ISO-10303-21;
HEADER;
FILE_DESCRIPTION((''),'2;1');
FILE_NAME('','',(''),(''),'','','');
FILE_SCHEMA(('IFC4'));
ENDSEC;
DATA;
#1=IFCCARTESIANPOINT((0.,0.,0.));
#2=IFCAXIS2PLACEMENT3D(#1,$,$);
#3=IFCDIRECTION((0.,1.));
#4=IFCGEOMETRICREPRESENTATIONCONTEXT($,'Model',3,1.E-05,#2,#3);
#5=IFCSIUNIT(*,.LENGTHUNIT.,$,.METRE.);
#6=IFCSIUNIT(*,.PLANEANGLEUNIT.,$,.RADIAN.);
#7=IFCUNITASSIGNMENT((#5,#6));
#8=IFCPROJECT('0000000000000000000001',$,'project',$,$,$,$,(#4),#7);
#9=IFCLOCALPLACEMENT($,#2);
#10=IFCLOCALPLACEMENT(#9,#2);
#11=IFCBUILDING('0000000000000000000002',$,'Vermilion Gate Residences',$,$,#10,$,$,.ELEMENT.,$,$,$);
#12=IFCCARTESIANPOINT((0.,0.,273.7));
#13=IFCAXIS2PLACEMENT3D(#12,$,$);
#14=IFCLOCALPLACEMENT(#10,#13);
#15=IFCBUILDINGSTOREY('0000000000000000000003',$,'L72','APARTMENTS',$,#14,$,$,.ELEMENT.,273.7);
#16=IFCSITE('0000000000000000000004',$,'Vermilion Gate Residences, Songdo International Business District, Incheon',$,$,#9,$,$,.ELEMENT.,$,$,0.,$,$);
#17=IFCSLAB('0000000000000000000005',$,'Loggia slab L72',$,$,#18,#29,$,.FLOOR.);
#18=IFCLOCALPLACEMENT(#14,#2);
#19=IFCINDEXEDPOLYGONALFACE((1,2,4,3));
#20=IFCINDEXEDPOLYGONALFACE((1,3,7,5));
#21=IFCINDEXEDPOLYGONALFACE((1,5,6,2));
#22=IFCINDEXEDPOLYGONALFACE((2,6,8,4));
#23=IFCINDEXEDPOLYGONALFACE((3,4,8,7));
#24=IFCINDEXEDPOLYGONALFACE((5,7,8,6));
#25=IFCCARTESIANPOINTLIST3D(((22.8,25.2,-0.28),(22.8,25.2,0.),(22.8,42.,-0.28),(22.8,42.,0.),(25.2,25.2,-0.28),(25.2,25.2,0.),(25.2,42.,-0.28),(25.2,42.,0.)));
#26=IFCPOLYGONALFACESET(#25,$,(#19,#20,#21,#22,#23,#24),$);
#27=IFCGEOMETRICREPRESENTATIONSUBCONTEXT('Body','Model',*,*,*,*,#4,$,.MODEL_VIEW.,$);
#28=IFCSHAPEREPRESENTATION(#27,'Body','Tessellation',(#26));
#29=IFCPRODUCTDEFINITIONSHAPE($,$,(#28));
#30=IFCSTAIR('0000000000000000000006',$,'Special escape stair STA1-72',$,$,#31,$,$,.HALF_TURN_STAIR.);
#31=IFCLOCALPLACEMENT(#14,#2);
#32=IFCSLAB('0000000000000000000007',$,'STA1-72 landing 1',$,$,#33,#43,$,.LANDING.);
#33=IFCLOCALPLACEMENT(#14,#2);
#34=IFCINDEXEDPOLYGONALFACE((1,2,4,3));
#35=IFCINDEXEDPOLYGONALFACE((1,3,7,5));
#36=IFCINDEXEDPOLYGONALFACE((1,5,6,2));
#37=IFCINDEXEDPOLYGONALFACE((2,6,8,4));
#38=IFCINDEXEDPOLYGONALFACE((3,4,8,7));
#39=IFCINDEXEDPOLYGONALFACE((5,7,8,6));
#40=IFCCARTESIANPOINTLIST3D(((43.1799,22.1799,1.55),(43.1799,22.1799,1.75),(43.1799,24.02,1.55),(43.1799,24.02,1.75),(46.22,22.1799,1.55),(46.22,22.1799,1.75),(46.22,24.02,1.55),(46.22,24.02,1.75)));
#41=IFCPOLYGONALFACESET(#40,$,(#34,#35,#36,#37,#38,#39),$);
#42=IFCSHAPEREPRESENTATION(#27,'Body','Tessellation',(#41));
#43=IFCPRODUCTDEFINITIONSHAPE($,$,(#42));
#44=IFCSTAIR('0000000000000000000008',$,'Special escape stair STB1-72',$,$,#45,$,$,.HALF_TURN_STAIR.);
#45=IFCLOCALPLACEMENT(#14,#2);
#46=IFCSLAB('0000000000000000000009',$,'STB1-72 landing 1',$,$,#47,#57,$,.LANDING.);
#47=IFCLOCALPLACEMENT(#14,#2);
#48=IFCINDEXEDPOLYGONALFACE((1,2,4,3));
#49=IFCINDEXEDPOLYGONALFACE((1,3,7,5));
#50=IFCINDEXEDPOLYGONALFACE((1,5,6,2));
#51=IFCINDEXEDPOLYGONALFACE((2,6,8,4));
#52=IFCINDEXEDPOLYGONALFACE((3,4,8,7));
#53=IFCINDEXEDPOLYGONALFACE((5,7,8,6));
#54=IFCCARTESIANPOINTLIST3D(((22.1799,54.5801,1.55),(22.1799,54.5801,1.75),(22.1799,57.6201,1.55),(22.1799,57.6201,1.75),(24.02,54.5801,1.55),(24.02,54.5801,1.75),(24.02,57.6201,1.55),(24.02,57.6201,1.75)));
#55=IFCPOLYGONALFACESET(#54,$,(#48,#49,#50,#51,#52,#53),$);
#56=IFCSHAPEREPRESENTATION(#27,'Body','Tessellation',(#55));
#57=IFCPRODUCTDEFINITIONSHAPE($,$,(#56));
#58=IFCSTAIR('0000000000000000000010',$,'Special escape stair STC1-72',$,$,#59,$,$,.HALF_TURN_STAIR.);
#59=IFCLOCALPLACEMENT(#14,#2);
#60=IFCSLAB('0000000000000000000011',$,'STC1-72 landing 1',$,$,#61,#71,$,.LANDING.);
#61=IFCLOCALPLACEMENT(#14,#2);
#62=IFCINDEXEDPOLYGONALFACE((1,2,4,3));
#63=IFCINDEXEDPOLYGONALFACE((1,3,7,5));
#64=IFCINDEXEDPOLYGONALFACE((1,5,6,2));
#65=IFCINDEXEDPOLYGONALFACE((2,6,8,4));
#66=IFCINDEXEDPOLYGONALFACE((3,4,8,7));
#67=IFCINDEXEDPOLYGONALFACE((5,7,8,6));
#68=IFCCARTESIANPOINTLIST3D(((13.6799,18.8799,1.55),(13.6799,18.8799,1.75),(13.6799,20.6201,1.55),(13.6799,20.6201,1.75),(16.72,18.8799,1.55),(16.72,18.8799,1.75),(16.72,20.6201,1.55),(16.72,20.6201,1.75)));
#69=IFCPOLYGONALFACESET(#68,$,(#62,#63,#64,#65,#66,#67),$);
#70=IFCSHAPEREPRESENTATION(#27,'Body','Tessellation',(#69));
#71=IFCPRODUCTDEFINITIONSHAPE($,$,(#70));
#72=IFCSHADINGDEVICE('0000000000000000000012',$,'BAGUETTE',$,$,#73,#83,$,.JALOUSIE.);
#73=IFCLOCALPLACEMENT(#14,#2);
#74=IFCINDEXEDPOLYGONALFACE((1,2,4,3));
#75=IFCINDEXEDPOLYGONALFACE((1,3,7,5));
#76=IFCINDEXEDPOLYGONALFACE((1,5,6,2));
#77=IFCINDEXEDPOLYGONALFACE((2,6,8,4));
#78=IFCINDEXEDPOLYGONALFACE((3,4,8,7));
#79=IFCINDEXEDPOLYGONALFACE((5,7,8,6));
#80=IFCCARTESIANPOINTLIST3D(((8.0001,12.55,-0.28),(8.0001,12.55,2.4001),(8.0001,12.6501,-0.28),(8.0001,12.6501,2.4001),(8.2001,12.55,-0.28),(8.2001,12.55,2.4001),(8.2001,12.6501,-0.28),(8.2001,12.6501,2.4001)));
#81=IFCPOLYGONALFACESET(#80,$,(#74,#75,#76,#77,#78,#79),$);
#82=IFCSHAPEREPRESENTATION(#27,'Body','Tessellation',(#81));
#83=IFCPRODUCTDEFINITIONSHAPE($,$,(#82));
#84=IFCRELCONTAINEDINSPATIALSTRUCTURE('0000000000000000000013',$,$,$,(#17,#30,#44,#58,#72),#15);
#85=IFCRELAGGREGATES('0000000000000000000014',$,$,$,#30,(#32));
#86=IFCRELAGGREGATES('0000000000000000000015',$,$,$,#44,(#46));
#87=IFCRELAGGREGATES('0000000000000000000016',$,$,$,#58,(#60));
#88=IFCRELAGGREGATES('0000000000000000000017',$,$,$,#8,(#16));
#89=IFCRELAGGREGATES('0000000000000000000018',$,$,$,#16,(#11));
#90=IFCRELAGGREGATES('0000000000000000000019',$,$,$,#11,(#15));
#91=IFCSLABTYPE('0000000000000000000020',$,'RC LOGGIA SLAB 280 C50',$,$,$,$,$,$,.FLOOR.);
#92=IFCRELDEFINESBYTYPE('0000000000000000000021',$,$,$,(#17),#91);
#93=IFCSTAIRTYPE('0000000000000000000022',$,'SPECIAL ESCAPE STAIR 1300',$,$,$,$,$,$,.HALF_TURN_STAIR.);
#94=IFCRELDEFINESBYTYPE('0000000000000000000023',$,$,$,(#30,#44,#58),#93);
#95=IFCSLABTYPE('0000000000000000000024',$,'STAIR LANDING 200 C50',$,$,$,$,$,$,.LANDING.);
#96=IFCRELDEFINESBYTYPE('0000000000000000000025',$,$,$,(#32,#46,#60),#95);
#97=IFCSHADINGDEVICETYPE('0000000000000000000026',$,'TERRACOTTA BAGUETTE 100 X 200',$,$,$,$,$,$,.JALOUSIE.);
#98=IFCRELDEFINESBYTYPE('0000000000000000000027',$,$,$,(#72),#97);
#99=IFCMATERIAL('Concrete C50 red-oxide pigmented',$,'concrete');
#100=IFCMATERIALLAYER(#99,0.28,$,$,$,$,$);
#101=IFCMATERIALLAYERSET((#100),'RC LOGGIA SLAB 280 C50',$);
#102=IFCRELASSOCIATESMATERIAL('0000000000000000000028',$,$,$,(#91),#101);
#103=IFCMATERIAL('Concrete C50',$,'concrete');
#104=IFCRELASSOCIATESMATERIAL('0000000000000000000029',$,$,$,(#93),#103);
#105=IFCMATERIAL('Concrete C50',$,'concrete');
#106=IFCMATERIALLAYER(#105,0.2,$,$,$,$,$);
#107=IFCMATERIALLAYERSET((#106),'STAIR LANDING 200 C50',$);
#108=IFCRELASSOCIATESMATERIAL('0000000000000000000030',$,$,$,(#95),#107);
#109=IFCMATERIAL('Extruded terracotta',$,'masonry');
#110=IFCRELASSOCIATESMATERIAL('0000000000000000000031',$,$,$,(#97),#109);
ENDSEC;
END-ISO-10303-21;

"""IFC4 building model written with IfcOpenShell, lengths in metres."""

from ifc_helpers import new_model, si_unit, direction, frame, origin, origin_2d, place, context, subcontext, project, spatial, polyline, rectangle, outline, extrude, material, layer, layer_set, material_profile, profile_set, type_object, element, aggregate, save


model = new_model("IFC4")

# Units and contexts
model_context = context("Model", 3, precision=1e-05, world=origin(), true_north=direction((0.0, 1.0)))
body_context = subcontext(model_context, "Body", "Model", "MODEL_VIEW")
ifc_project = project(units=[si_unit("LENGTHUNIT", "METRE"), si_unit("PLANEANGLEUNIT", "RADIAN")], contexts=[model_context])

# Site, building, storey
site_placement = place(None, origin())
site = spatial("IfcSite", under=ifc_project, at=site_placement, Name="Vermilion Gate Residences, Songdo International Business District, Incheon", CompositionType="ELEMENT", RefElevation=0.0)
building_placement = place(site_placement, origin())
building = spatial("IfcBuilding", under=site, at=building_placement, Name="Vermilion Gate Residences", CompositionType="ELEMENT")
storey_placement = place(building_placement, frame((0.0, 0.0, 273.7)))
storey = spatial("IfcBuildingStorey", under=building, at=storey_placement, Name="L72", Description="APARTMENTS", CompositionType="ELEMENT", Elevation=273.7)

# Slab
ifc_material_1 = material(Name="Concrete C50 red-oxide pigmented", Category="concrete")
ifc_layer_1 = layer(ifc_material_1, 0.28)
ifc_layer_set_1 = layer_set([ifc_layer_1], Name="RC LOGGIA SLAB 280 C50")
slab_type_1 = type_object("IfcSlabType", Name="RC LOGGIA SLAB 280 C50", PredefinedType="FLOOR", material=ifc_layer_set_1)
slab_1_placement = place(storey_placement, frame((0.0, 0.0, -0.28)))
element("IfcSlab", 1, at=slab_1_placement, inside=storey, type_object=slab_type_1, Name="Loggia slab L72", PredefinedType="FLOOR", context=body_context, shape_type="SweptSolid", body=[
    extrude(outline(polyline([(25.2, 42.0), (22.8, 42.0), (22.8, 25.2), (25.2, 25.2), (25.2, 42.0)])), origin(), (0.0, 0.0, 1.0), 0.28),
])

# Stairs, slabs
ifc_material_2 = material(Name="Concrete C50", Category="concrete")
stair_type = type_object("IfcStairType", Name="SPECIAL ESCAPE STAIR 1300", PredefinedType="HALF_TURN_STAIR", material=ifc_material_2)
stair_1_placement = place(storey_placement, origin())
stair_1 = element("IfcStair", 2, at=stair_1_placement, inside=storey, type_object=stair_type, Name="Special escape stair STA1-72", PredefinedType="HALF_TURN_STAIR")
ifc_material_3 = material(Name="Concrete C50", Category="concrete")
ifc_layer_2 = layer(ifc_material_3, 0.2)
ifc_layer_set_2 = layer_set([ifc_layer_2], Name="STAIR LANDING 200 C50")
slab_type_2 = type_object("IfcSlabType", Name="STAIR LANDING 200 C50", PredefinedType="LANDING", material=ifc_layer_set_2)
slab_2_placement = place(storey_placement, frame((0.0, 0.0, 1.55)))
slab_2 = element("IfcSlab", 3, at=slab_2_placement, type_object=slab_type_2, Name="STA1-72 landing 1", PredefinedType="LANDING", context=body_context, shape_type="SweptSolid", body=[
    extrude(outline(polyline([(46.22, 22.1799), (46.22, 24.02), (43.1799, 24.02), (43.1799, 22.1799), (46.22, 22.1799)])), origin(), (0.0, 0.0, 1.0), 0.2),
])
aggregate(stair_1, [slab_2])
stair_2_placement = place(storey_placement, origin())
stair_2 = element("IfcStair", 4, at=stair_2_placement, inside=storey, type_object=stair_type, Name="Special escape stair STB1-72", PredefinedType="HALF_TURN_STAIR")
slab_3_placement = place(storey_placement, frame((0.0, 0.0, 1.55)))
slab_3 = element("IfcSlab", 5, at=slab_3_placement, type_object=slab_type_2, Name="STB1-72 landing 1", PredefinedType="LANDING", context=body_context, shape_type="SweptSolid", body=[
    extrude(outline(polyline([(24.02, 54.5801), (24.02, 57.6201), (22.1799, 57.6201), (22.1799, 54.5801), (24.02, 54.5801)])), origin(), (0.0, 0.0, 1.0), 0.2),
])
aggregate(stair_2, [slab_3])
stair_3_placement = place(storey_placement, origin())
stair_3 = element("IfcStair", 6, at=stair_3_placement, inside=storey, type_object=stair_type, Name="Special escape stair STC1-72", PredefinedType="HALF_TURN_STAIR")
slab_4_placement = place(storey_placement, frame((0.0, 0.0, 1.55)))
slab_4 = element("IfcSlab", 7, at=slab_4_placement, type_object=slab_type_2, Name="STC1-72 landing 1", PredefinedType="LANDING", context=body_context, shape_type="SweptSolid", body=[
    extrude(outline(polyline([(16.72, 18.8799), (16.72, 20.6201), (13.6799, 20.6201), (13.6799, 18.8799), (16.72, 18.8799)])), origin(), (0.0, 0.0, 1.0), 0.2),
])
aggregate(stair_3, [slab_4])

# Shading device
ifc_material_4 = material(Name="Extruded terracotta", Category="masonry")
ifc_material_profile_1 = material_profile(ifc_material_4, rectangle(XDim=0.2, YDim=0.1001, at=origin_2d()), Name="BAGUETTE 100 X 200")
ifc_profile_set_1 = profile_set([ifc_material_profile_1], Name="Extruded terracotta")
shading_device_type = type_object("IfcShadingDeviceType", Name="TERRACOTTA BAGUETTE 100 X 200", PredefinedType="JALOUSIE", material=ifc_profile_set_1)
shading_device_placement = place(storey_placement, frame((8.1001, 12.6001, -0.28), z_axis=(0.0, 0.0, 1.0), x_axis=(1.0, 0.0, 0.0)))
element("IfcShadingDevice", 8, at=shading_device_placement, inside=storey, type_object=shading_device_type, Name="BAGUETTE", PredefinedType="JALOUSIE", context=body_context, shape_type="SweptSolid", body=[
    extrude(rectangle(XDim=0.2, YDim=0.1001, at=origin_2d()), origin(), (0.0, 0.0, 1.0), 2.6802),
])

save(model, "model.ifc")
